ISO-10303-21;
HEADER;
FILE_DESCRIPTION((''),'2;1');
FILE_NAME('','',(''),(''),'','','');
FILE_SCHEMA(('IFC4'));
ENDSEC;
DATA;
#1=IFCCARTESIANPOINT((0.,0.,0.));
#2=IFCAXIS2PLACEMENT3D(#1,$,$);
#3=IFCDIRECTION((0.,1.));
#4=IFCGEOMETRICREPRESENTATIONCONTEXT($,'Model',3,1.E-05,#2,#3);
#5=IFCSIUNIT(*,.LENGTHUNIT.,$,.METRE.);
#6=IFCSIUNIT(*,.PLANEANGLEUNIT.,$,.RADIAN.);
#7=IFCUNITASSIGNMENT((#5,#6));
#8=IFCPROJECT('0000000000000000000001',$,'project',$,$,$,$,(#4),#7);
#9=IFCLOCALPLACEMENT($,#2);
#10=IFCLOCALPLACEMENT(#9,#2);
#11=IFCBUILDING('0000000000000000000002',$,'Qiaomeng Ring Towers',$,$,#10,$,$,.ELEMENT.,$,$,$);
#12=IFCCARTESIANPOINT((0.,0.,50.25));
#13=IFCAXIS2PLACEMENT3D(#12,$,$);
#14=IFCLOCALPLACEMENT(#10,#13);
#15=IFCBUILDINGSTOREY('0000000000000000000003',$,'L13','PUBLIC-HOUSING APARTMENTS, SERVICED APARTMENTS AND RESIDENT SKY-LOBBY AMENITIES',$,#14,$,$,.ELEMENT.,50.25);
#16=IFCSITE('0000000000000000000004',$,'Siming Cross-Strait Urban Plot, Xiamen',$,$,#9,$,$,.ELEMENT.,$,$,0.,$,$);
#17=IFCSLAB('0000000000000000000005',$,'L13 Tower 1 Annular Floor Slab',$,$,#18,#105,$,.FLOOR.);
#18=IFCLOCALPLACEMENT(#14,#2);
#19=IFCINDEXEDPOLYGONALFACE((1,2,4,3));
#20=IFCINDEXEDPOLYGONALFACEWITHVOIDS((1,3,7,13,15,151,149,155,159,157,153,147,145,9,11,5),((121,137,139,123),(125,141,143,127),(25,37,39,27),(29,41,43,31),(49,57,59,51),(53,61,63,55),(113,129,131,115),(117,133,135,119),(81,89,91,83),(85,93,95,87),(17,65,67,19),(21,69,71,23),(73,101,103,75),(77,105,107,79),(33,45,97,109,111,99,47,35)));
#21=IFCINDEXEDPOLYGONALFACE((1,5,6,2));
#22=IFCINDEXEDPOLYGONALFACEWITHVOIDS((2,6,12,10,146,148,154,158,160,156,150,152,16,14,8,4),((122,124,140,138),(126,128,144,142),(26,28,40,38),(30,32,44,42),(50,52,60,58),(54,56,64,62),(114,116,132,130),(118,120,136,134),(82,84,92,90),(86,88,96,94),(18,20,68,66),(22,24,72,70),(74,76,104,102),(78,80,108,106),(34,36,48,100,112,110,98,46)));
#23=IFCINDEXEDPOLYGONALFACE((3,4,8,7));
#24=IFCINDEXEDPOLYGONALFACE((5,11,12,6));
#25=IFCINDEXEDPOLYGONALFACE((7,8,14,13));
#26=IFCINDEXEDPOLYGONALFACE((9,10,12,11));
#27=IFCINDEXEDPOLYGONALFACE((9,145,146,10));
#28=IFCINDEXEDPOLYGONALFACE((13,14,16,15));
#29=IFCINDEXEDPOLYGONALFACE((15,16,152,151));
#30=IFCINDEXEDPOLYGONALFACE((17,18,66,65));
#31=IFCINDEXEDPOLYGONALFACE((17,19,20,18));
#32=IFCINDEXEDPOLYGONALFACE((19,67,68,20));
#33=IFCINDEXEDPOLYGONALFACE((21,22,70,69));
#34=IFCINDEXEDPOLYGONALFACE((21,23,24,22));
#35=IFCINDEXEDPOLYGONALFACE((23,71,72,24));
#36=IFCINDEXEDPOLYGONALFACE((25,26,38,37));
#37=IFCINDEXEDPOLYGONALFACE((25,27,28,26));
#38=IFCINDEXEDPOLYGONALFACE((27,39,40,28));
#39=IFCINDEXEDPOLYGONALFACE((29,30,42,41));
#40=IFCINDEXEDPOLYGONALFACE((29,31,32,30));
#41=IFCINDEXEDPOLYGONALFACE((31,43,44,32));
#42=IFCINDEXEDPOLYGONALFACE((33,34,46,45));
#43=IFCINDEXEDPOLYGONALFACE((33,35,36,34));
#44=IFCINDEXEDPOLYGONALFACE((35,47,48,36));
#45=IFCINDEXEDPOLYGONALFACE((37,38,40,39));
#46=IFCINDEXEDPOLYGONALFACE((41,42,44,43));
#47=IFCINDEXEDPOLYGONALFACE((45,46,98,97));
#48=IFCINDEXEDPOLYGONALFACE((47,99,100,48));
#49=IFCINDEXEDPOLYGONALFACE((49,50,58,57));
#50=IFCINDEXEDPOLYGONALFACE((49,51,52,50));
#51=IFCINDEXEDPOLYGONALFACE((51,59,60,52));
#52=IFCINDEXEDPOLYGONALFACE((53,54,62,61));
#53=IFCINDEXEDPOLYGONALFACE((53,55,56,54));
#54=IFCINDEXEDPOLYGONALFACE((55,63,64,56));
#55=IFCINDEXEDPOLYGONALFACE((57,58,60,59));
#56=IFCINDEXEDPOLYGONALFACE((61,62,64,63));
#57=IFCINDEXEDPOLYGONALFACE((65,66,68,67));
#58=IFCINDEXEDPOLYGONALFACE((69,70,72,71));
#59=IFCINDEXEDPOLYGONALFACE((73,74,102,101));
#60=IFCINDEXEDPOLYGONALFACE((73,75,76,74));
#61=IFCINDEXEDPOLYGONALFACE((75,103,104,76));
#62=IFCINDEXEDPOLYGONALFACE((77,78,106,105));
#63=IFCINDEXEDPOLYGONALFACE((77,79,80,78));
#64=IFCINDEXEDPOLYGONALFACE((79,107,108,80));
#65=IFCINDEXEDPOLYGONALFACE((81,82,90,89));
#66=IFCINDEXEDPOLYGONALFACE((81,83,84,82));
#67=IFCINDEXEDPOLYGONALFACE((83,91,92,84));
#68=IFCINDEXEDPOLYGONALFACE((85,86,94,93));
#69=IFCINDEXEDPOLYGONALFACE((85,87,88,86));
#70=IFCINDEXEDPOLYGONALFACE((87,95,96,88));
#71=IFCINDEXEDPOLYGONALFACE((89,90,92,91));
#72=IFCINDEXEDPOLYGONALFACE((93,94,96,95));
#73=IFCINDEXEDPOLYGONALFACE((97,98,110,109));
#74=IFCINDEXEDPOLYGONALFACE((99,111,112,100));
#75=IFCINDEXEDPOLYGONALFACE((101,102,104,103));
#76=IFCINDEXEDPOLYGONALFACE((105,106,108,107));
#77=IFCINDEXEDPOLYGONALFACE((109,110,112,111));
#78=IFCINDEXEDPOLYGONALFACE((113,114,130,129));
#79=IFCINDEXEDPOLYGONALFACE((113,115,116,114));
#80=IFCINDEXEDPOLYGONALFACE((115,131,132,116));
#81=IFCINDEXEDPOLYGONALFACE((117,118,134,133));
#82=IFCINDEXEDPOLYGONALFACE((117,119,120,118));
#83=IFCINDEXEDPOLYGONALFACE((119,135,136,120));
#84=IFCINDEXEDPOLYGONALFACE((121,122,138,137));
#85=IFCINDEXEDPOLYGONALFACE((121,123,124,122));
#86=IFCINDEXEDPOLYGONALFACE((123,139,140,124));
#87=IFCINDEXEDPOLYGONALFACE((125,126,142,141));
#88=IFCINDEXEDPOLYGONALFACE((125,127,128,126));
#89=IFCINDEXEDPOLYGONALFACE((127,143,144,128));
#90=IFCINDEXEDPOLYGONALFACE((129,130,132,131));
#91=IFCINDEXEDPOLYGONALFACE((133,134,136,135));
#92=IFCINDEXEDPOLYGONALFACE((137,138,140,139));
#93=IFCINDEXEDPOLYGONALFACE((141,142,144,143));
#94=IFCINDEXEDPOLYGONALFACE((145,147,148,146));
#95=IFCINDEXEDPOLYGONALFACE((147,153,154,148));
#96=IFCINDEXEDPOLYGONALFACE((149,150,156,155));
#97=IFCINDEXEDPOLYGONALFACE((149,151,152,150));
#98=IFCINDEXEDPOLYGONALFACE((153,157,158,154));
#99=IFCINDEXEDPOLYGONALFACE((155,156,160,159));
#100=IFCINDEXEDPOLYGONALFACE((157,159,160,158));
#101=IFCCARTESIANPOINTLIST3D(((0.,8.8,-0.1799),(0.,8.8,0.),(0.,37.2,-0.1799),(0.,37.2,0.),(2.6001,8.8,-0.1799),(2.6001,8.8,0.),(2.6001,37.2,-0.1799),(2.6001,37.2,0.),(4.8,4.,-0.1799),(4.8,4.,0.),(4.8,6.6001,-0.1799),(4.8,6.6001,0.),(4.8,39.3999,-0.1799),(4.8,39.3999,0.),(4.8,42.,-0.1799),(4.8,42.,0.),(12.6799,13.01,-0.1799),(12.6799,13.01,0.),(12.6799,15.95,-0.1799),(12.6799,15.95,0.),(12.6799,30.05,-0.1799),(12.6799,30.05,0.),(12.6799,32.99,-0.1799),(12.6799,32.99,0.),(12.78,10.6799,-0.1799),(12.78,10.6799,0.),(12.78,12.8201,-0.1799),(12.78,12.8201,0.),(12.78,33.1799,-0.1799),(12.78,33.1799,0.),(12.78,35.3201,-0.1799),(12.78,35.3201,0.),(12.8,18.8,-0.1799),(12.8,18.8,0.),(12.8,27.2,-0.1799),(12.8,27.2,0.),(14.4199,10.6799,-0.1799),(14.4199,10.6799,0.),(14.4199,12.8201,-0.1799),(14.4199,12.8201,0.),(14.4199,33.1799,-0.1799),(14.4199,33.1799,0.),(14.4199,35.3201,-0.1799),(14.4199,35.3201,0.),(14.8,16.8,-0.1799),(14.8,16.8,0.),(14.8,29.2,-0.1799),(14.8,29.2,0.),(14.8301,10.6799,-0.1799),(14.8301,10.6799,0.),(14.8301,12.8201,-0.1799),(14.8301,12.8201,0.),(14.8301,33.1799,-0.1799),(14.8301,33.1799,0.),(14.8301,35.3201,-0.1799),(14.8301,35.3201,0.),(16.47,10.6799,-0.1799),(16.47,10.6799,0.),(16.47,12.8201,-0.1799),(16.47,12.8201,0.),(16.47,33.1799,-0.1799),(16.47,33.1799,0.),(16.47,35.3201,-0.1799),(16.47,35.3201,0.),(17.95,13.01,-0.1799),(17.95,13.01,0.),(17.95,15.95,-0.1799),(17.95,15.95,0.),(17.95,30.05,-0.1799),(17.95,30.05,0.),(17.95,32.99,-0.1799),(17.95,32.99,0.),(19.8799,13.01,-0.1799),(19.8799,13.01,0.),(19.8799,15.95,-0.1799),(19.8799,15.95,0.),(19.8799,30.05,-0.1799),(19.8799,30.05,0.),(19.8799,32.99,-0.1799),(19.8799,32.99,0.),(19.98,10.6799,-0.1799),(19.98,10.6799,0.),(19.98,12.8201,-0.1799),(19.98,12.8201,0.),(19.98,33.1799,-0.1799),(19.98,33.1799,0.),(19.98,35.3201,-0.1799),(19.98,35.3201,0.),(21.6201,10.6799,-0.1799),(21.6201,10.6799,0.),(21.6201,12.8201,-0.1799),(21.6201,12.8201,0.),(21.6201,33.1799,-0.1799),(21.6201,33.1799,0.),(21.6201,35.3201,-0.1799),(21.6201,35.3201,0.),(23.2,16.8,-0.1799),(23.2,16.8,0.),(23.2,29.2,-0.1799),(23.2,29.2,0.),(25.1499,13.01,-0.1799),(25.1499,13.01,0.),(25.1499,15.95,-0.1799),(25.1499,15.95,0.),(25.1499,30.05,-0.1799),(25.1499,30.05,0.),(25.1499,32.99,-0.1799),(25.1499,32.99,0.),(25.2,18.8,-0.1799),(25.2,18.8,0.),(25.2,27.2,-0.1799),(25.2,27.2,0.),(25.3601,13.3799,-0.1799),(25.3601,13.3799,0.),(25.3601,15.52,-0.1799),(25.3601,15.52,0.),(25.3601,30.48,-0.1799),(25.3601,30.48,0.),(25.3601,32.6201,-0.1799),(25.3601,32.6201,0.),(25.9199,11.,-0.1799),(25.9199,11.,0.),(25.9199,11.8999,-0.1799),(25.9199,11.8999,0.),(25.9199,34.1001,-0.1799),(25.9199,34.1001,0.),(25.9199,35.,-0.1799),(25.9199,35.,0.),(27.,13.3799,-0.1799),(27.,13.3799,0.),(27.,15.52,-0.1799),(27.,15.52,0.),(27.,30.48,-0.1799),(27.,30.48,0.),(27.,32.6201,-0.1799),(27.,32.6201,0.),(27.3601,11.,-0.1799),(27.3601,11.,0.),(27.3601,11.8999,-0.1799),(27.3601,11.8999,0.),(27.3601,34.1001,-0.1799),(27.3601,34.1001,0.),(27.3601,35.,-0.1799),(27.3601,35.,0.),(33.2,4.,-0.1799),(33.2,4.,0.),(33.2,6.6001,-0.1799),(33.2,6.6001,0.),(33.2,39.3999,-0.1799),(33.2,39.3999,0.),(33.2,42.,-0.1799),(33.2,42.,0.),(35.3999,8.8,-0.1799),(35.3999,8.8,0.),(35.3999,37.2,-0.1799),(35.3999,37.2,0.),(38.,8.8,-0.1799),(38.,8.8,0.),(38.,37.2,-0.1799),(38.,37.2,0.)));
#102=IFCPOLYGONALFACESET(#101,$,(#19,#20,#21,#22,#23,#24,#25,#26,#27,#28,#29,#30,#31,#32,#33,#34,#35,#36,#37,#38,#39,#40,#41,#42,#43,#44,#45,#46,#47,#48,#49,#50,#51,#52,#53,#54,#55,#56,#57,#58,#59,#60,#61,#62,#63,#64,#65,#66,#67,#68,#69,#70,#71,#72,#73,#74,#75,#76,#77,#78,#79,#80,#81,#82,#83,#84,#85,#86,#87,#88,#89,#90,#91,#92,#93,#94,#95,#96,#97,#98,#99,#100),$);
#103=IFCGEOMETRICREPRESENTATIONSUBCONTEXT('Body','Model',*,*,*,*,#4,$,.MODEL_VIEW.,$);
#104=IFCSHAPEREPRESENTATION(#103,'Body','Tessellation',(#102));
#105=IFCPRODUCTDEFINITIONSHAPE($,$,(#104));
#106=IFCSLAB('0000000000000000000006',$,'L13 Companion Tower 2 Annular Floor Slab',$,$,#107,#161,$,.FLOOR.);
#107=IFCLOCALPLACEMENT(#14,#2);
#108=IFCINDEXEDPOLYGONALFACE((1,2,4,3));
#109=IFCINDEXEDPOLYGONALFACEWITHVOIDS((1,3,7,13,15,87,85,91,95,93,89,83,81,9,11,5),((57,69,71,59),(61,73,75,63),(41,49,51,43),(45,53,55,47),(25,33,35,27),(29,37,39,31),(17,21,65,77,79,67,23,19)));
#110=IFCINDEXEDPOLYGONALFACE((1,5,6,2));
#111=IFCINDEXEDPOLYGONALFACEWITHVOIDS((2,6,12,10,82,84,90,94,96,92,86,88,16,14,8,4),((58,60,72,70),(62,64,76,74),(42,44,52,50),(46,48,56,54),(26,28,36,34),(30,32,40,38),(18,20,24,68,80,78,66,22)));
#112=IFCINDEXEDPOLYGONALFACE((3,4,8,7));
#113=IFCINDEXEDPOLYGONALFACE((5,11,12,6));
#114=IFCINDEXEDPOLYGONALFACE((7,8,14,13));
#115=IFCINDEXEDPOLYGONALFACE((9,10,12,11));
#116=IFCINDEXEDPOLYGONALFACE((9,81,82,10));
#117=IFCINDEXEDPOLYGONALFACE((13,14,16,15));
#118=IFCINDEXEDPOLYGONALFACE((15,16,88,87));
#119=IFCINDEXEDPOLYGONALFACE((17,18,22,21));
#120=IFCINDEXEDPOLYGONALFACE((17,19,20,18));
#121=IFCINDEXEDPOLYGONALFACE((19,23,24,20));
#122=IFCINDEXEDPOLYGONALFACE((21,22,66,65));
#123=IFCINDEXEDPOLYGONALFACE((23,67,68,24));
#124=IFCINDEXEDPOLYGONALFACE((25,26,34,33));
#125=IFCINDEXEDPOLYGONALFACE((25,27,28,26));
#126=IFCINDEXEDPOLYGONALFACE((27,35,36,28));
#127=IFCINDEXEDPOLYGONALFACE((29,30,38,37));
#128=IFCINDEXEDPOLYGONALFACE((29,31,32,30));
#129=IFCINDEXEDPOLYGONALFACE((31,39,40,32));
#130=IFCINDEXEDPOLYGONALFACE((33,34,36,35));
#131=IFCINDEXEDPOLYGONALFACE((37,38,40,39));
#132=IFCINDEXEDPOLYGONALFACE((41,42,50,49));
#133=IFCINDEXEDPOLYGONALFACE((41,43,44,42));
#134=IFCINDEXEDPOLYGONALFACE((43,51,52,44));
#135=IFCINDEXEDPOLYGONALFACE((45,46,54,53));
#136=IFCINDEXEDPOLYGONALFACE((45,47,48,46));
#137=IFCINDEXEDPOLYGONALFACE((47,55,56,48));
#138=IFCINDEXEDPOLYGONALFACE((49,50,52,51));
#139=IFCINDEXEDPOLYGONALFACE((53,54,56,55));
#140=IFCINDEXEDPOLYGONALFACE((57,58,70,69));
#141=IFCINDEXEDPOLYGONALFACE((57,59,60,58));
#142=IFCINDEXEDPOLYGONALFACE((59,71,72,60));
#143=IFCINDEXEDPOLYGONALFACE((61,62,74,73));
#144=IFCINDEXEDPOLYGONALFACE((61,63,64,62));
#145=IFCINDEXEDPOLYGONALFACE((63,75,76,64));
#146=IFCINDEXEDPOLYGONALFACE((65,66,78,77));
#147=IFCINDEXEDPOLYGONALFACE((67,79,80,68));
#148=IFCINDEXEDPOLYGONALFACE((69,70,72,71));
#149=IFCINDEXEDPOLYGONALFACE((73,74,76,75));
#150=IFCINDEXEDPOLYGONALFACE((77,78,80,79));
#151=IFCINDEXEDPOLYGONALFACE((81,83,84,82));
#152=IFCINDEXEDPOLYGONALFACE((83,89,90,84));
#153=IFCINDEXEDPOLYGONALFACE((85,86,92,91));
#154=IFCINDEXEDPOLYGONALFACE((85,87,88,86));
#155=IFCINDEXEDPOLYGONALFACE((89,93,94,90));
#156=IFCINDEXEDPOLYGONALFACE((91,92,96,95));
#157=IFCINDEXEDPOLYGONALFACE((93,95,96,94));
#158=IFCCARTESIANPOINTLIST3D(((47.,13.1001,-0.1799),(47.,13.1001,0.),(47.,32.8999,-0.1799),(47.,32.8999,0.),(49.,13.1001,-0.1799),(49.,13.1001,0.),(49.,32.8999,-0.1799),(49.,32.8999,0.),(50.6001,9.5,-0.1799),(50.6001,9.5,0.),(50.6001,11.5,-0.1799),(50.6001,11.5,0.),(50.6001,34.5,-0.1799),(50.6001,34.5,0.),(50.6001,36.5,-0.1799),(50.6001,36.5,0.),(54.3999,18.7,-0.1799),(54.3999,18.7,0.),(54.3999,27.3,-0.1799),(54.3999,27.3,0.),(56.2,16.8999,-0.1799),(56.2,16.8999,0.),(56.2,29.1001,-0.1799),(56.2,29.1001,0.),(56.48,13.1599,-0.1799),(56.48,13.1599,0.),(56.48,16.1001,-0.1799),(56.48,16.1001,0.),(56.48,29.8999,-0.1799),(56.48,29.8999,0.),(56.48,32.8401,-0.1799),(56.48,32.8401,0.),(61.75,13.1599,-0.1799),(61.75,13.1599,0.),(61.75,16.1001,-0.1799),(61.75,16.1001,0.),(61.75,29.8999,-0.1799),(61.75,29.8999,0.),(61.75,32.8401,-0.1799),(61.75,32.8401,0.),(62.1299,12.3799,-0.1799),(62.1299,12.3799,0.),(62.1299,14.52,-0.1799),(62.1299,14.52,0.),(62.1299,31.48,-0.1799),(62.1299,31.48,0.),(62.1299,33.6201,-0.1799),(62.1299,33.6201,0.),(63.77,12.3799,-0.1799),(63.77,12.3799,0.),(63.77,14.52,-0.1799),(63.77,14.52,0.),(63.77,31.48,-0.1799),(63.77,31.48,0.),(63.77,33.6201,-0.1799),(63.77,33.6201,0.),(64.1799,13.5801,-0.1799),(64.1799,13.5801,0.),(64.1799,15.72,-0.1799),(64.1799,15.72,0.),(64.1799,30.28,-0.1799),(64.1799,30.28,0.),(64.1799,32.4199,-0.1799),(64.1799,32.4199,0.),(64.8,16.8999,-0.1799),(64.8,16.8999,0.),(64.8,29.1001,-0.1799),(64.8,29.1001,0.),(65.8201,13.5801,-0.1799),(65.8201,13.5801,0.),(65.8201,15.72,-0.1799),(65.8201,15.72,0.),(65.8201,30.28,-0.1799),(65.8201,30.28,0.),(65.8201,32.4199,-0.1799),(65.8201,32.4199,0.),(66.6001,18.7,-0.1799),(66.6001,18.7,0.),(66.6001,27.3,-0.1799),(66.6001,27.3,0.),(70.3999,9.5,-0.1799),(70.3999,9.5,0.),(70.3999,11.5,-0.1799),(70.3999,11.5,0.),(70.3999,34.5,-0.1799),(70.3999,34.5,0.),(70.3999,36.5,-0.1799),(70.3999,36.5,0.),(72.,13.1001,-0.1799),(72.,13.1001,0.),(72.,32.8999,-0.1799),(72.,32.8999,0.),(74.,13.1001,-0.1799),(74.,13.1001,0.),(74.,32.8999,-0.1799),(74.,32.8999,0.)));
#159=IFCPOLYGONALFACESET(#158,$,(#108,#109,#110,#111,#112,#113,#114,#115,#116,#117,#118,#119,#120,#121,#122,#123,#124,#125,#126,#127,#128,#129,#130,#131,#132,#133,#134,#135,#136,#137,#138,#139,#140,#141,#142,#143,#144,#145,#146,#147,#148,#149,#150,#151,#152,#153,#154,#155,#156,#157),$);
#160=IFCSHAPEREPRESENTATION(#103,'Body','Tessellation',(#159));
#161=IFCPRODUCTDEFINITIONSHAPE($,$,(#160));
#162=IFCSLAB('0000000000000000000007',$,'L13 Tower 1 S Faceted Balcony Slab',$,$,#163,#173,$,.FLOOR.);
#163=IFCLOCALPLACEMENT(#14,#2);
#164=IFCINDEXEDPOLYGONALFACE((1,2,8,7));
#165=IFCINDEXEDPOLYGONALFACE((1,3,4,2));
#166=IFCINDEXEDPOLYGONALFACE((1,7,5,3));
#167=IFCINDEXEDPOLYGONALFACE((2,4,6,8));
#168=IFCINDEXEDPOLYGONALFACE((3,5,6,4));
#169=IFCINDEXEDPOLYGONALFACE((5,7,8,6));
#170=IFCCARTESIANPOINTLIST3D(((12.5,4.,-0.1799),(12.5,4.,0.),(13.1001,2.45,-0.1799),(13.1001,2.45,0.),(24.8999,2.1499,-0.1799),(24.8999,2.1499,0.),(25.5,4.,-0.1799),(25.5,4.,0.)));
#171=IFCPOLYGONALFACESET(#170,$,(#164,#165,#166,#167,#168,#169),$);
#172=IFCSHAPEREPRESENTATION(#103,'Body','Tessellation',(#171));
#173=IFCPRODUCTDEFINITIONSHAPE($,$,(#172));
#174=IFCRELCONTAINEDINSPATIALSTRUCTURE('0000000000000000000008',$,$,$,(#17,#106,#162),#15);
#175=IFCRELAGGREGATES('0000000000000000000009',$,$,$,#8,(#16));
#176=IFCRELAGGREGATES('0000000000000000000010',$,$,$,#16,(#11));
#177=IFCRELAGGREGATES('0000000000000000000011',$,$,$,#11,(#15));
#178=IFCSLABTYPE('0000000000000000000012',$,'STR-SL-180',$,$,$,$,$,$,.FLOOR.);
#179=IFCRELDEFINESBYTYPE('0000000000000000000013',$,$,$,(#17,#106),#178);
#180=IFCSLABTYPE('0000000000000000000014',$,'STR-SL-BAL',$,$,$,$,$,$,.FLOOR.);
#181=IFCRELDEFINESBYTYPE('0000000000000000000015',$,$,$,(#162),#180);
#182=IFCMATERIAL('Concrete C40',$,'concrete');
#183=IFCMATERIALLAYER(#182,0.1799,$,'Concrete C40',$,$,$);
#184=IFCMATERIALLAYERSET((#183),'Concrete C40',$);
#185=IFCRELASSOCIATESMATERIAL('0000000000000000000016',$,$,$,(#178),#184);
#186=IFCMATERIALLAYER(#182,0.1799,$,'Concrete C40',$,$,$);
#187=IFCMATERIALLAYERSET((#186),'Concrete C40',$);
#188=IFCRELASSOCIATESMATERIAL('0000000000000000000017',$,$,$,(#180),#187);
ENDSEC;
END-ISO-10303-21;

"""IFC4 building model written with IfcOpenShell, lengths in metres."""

from ifc_helpers import new_model, si_unit, direction, frame, origin, place, context, subcontext, project, spatial, polyline, outline, extrude, material, layer, layer_set, type_object, element, save


model = new_model("IFC4")

# Units and contexts
model_context = context("Model", 3, precision=1e-05, world=origin(), true_north=direction((0.0, 1.0)))
body_context = subcontext(model_context, "Body", "Model", "MODEL_VIEW")
ifc_project = project(units=[si_unit("LENGTHUNIT", "METRE"), si_unit("PLANEANGLEUNIT", "RADIAN")], contexts=[model_context])

# Site, building, storey
site_placement = place(None, origin())
site = spatial("IfcSite", under=ifc_project, at=site_placement, Name="Siming Cross-Strait Urban Plot, Xiamen", CompositionType="ELEMENT", RefElevation=0.0)
building_placement = place(site_placement, origin())
building = spatial("IfcBuilding", under=site, at=building_placement, Name="Qiaomeng Ring Towers", CompositionType="ELEMENT")
storey_placement = place(building_placement, frame((0.0, 0.0, 50.25)))
storey = spatial("IfcBuildingStorey", under=building, at=storey_placement, Name="L13", Description="PUBLIC-HOUSING APARTMENTS, SERVICED APARTMENTS AND RESIDENT SKY-LOBBY AMENITIES", CompositionType="ELEMENT", Elevation=50.25)

# Slabs
ifc_material_1 = material(Name="Concrete C40", Category="concrete")
ifc_layer_1 = layer(ifc_material_1, 0.1799, Name="Concrete C40")
ifc_layer_set_1 = layer_set([ifc_layer_1], Name="Concrete C40")
slab_type_1 = type_object("IfcSlabType", Name="STR-SL-180", PredefinedType="FLOOR", material=ifc_layer_set_1)
slab_1_placement = place(storey_placement, frame((0.0, 0.0, -0.1799)))
element("IfcSlab", 1, at=slab_1_placement, inside=storey, type_object=slab_type_1, Name="L13 Tower 1 Annular Floor Slab", PredefinedType="FLOOR", context=body_context, shape_type="SweptSolid", body=[
    extrude(outline(polyline([(4.8, 4.0), (33.2, 4.0), (33.2, 6.6001), (35.3999, 8.8), (38.0, 8.8), (38.0, 37.2), (35.3999, 37.2), (33.2, 39.3999), (33.2, 42.0), (4.8, 42.0), (4.8, 39.3999), (2.6001, 37.2), (0.0, 37.2), (0.0, 8.8), (2.6001, 8.8), (4.8, 6.6001), (4.8, 4.0)]), holes=[polyline([(12.78, 10.6799), (12.78, 12.8201), (14.4199, 12.8201), (14.4199, 10.6799), (12.78, 10.6799)]), polyline([(14.8301, 12.8201), (16.47, 12.8201), (16.47, 10.6799), (14.8301, 10.6799), (14.8301, 12.8201)]), polyline([(12.6799, 15.95), (17.95, 15.95), (17.95, 13.01), (12.6799, 13.01), (12.6799, 15.95)]), polyline([(25.2, 27.2), (25.2, 18.8), (23.2, 16.8), (14.8, 16.8), (12.8, 18.8), (12.8, 27.2), (14.8, 29.2), (23.2, 29.2), (25.2, 27.2)]), polyline([(12.6799, 32.99), (17.95, 32.99), (17.95, 30.05), (12.6799, 30.05), (12.6799, 32.99)]), polyline([(12.78, 35.3201), (14.4199, 35.3201), (14.4199, 33.1799), (12.78, 33.1799), (12.78, 35.3201)]), polyline([(14.8301, 35.3201), (16.47, 35.3201), (16.47, 33.1799), (14.8301, 33.1799), (14.8301, 35.3201)]), polyline([(19.98, 35.3201), (21.6201, 35.3201), (21.6201, 33.1799), (19.98, 33.1799), (19.98, 35.3201)]), polyline([(25.9199, 11.8999), (27.3601, 11.8999), (27.3601, 11.0), (25.9199, 11.0), (25.9199, 11.8999)]), polyline([(19.98, 12.8201), (21.6201, 12.8201), (21.6201, 10.6799), (19.98, 10.6799), (19.98, 12.8201)]), polyline([(25.3601, 15.52), (27.0, 15.52), (27.0, 13.3799), (25.3601, 13.3799), (25.3601, 15.52)]), polyline([(19.8799, 15.95), (25.1499, 15.95), (25.1499, 13.01), (19.8799, 13.01), (19.8799, 15.95)]), polyline([(19.8799, 32.99), (25.1499, 32.99), (25.1499, 30.05), (19.8799, 30.05), (19.8799, 32.99)]), polyline([(25.3601, 32.6201), (27.0, 32.6201), (27.0, 30.48), (25.3601, 30.48), (25.3601, 32.6201)]), polyline([(25.9199, 35.0), (27.3601, 35.0), (27.3601, 34.1001), (25.9199, 34.1001), (25.9199, 35.0)])]), origin(), (0.0, 0.0, 1.0), 0.1799),
])
slab_2_placement = place(storey_placement, frame((0.0, 0.0, -0.1799)))
element("IfcSlab", 2, at=slab_2_placement, inside=storey, type_object=slab_type_1, Name="L13 Companion Tower 2 Annular Floor Slab", PredefinedType="FLOOR", context=body_context, shape_type="SweptSolid", body=[
    extrude(outline(polyline([(50.6001, 9.5), (70.3999, 9.5), (70.3999, 11.5), (72.0, 13.1001), (74.0, 13.1001), (74.0, 32.8999), (72.0, 32.8999), (70.3999, 34.5), (70.3999, 36.5), (50.6001, 36.5), (50.6001, 34.5), (49.0, 32.8999), (47.0, 32.8999), (47.0, 13.1001), (49.0, 13.1001), (50.6001, 11.5), (50.6001, 9.5)]), holes=[polyline([(62.1299, 12.3799), (62.1299, 14.52), (63.77, 14.52), (63.77, 12.3799), (62.1299, 12.3799)]), polyline([(56.48, 13.1599), (56.48, 16.1001), (61.75, 16.1001), (61.75, 13.1599), (56.48, 13.1599)]), polyline([(64.1799, 13.5801), (64.1799, 15.72), (65.8201, 15.72), (65.8201, 13.5801), (64.1799, 13.5801)]), polyline([(64.8, 29.1001), (66.6001, 27.3), (66.6001, 18.7), (64.8, 16.8999), (56.2, 16.8999), (54.3999, 18.7), (54.3999, 27.3), (56.2, 29.1001), (64.8, 29.1001)]), polyline([(64.1799, 30.28), (64.1799, 32.4199), (65.8201, 32.4199), (65.8201, 30.28), (64.1799, 30.28)]), polyline([(56.48, 32.8401), (61.75, 32.8401), (61.75, 29.8999), (56.48, 29.8999), (56.48, 32.8401)]), polyline([(62.1299, 33.6201), (63.77, 33.6201), (63.77, 31.48), (62.1299, 31.48), (62.1299, 33.6201)])]), origin(), (0.0, 0.0, 1.0), 0.1799),
])
ifc_layer_2 = layer(ifc_material_1, 0.1799, Name="Concrete C40")
ifc_layer_set_2 = layer_set([ifc_layer_2], Name="Concrete C40")
slab_type_2 = type_object("IfcSlabType", Name="STR-SL-BAL", PredefinedType="FLOOR", material=ifc_layer_set_2)
slab_3_placement = place(storey_placement, frame((0.0, 0.0, -0.1799)))
element("IfcSlab", 3, at=slab_3_placement, inside=storey, type_object=slab_type_2, Name="L13 Tower 1 S Faceted Balcony Slab", PredefinedType="FLOOR", context=body_context, shape_type="SweptSolid", body=[
    extrude(outline(polyline([(24.8999, 2.1499), (13.1001, 2.45), (12.5, 4.0), (25.5, 4.0), (24.8999, 2.1499)])), origin(), (0.0, 0.0, 1.0), 0.1799),
])

save(model, "model.ifc")
